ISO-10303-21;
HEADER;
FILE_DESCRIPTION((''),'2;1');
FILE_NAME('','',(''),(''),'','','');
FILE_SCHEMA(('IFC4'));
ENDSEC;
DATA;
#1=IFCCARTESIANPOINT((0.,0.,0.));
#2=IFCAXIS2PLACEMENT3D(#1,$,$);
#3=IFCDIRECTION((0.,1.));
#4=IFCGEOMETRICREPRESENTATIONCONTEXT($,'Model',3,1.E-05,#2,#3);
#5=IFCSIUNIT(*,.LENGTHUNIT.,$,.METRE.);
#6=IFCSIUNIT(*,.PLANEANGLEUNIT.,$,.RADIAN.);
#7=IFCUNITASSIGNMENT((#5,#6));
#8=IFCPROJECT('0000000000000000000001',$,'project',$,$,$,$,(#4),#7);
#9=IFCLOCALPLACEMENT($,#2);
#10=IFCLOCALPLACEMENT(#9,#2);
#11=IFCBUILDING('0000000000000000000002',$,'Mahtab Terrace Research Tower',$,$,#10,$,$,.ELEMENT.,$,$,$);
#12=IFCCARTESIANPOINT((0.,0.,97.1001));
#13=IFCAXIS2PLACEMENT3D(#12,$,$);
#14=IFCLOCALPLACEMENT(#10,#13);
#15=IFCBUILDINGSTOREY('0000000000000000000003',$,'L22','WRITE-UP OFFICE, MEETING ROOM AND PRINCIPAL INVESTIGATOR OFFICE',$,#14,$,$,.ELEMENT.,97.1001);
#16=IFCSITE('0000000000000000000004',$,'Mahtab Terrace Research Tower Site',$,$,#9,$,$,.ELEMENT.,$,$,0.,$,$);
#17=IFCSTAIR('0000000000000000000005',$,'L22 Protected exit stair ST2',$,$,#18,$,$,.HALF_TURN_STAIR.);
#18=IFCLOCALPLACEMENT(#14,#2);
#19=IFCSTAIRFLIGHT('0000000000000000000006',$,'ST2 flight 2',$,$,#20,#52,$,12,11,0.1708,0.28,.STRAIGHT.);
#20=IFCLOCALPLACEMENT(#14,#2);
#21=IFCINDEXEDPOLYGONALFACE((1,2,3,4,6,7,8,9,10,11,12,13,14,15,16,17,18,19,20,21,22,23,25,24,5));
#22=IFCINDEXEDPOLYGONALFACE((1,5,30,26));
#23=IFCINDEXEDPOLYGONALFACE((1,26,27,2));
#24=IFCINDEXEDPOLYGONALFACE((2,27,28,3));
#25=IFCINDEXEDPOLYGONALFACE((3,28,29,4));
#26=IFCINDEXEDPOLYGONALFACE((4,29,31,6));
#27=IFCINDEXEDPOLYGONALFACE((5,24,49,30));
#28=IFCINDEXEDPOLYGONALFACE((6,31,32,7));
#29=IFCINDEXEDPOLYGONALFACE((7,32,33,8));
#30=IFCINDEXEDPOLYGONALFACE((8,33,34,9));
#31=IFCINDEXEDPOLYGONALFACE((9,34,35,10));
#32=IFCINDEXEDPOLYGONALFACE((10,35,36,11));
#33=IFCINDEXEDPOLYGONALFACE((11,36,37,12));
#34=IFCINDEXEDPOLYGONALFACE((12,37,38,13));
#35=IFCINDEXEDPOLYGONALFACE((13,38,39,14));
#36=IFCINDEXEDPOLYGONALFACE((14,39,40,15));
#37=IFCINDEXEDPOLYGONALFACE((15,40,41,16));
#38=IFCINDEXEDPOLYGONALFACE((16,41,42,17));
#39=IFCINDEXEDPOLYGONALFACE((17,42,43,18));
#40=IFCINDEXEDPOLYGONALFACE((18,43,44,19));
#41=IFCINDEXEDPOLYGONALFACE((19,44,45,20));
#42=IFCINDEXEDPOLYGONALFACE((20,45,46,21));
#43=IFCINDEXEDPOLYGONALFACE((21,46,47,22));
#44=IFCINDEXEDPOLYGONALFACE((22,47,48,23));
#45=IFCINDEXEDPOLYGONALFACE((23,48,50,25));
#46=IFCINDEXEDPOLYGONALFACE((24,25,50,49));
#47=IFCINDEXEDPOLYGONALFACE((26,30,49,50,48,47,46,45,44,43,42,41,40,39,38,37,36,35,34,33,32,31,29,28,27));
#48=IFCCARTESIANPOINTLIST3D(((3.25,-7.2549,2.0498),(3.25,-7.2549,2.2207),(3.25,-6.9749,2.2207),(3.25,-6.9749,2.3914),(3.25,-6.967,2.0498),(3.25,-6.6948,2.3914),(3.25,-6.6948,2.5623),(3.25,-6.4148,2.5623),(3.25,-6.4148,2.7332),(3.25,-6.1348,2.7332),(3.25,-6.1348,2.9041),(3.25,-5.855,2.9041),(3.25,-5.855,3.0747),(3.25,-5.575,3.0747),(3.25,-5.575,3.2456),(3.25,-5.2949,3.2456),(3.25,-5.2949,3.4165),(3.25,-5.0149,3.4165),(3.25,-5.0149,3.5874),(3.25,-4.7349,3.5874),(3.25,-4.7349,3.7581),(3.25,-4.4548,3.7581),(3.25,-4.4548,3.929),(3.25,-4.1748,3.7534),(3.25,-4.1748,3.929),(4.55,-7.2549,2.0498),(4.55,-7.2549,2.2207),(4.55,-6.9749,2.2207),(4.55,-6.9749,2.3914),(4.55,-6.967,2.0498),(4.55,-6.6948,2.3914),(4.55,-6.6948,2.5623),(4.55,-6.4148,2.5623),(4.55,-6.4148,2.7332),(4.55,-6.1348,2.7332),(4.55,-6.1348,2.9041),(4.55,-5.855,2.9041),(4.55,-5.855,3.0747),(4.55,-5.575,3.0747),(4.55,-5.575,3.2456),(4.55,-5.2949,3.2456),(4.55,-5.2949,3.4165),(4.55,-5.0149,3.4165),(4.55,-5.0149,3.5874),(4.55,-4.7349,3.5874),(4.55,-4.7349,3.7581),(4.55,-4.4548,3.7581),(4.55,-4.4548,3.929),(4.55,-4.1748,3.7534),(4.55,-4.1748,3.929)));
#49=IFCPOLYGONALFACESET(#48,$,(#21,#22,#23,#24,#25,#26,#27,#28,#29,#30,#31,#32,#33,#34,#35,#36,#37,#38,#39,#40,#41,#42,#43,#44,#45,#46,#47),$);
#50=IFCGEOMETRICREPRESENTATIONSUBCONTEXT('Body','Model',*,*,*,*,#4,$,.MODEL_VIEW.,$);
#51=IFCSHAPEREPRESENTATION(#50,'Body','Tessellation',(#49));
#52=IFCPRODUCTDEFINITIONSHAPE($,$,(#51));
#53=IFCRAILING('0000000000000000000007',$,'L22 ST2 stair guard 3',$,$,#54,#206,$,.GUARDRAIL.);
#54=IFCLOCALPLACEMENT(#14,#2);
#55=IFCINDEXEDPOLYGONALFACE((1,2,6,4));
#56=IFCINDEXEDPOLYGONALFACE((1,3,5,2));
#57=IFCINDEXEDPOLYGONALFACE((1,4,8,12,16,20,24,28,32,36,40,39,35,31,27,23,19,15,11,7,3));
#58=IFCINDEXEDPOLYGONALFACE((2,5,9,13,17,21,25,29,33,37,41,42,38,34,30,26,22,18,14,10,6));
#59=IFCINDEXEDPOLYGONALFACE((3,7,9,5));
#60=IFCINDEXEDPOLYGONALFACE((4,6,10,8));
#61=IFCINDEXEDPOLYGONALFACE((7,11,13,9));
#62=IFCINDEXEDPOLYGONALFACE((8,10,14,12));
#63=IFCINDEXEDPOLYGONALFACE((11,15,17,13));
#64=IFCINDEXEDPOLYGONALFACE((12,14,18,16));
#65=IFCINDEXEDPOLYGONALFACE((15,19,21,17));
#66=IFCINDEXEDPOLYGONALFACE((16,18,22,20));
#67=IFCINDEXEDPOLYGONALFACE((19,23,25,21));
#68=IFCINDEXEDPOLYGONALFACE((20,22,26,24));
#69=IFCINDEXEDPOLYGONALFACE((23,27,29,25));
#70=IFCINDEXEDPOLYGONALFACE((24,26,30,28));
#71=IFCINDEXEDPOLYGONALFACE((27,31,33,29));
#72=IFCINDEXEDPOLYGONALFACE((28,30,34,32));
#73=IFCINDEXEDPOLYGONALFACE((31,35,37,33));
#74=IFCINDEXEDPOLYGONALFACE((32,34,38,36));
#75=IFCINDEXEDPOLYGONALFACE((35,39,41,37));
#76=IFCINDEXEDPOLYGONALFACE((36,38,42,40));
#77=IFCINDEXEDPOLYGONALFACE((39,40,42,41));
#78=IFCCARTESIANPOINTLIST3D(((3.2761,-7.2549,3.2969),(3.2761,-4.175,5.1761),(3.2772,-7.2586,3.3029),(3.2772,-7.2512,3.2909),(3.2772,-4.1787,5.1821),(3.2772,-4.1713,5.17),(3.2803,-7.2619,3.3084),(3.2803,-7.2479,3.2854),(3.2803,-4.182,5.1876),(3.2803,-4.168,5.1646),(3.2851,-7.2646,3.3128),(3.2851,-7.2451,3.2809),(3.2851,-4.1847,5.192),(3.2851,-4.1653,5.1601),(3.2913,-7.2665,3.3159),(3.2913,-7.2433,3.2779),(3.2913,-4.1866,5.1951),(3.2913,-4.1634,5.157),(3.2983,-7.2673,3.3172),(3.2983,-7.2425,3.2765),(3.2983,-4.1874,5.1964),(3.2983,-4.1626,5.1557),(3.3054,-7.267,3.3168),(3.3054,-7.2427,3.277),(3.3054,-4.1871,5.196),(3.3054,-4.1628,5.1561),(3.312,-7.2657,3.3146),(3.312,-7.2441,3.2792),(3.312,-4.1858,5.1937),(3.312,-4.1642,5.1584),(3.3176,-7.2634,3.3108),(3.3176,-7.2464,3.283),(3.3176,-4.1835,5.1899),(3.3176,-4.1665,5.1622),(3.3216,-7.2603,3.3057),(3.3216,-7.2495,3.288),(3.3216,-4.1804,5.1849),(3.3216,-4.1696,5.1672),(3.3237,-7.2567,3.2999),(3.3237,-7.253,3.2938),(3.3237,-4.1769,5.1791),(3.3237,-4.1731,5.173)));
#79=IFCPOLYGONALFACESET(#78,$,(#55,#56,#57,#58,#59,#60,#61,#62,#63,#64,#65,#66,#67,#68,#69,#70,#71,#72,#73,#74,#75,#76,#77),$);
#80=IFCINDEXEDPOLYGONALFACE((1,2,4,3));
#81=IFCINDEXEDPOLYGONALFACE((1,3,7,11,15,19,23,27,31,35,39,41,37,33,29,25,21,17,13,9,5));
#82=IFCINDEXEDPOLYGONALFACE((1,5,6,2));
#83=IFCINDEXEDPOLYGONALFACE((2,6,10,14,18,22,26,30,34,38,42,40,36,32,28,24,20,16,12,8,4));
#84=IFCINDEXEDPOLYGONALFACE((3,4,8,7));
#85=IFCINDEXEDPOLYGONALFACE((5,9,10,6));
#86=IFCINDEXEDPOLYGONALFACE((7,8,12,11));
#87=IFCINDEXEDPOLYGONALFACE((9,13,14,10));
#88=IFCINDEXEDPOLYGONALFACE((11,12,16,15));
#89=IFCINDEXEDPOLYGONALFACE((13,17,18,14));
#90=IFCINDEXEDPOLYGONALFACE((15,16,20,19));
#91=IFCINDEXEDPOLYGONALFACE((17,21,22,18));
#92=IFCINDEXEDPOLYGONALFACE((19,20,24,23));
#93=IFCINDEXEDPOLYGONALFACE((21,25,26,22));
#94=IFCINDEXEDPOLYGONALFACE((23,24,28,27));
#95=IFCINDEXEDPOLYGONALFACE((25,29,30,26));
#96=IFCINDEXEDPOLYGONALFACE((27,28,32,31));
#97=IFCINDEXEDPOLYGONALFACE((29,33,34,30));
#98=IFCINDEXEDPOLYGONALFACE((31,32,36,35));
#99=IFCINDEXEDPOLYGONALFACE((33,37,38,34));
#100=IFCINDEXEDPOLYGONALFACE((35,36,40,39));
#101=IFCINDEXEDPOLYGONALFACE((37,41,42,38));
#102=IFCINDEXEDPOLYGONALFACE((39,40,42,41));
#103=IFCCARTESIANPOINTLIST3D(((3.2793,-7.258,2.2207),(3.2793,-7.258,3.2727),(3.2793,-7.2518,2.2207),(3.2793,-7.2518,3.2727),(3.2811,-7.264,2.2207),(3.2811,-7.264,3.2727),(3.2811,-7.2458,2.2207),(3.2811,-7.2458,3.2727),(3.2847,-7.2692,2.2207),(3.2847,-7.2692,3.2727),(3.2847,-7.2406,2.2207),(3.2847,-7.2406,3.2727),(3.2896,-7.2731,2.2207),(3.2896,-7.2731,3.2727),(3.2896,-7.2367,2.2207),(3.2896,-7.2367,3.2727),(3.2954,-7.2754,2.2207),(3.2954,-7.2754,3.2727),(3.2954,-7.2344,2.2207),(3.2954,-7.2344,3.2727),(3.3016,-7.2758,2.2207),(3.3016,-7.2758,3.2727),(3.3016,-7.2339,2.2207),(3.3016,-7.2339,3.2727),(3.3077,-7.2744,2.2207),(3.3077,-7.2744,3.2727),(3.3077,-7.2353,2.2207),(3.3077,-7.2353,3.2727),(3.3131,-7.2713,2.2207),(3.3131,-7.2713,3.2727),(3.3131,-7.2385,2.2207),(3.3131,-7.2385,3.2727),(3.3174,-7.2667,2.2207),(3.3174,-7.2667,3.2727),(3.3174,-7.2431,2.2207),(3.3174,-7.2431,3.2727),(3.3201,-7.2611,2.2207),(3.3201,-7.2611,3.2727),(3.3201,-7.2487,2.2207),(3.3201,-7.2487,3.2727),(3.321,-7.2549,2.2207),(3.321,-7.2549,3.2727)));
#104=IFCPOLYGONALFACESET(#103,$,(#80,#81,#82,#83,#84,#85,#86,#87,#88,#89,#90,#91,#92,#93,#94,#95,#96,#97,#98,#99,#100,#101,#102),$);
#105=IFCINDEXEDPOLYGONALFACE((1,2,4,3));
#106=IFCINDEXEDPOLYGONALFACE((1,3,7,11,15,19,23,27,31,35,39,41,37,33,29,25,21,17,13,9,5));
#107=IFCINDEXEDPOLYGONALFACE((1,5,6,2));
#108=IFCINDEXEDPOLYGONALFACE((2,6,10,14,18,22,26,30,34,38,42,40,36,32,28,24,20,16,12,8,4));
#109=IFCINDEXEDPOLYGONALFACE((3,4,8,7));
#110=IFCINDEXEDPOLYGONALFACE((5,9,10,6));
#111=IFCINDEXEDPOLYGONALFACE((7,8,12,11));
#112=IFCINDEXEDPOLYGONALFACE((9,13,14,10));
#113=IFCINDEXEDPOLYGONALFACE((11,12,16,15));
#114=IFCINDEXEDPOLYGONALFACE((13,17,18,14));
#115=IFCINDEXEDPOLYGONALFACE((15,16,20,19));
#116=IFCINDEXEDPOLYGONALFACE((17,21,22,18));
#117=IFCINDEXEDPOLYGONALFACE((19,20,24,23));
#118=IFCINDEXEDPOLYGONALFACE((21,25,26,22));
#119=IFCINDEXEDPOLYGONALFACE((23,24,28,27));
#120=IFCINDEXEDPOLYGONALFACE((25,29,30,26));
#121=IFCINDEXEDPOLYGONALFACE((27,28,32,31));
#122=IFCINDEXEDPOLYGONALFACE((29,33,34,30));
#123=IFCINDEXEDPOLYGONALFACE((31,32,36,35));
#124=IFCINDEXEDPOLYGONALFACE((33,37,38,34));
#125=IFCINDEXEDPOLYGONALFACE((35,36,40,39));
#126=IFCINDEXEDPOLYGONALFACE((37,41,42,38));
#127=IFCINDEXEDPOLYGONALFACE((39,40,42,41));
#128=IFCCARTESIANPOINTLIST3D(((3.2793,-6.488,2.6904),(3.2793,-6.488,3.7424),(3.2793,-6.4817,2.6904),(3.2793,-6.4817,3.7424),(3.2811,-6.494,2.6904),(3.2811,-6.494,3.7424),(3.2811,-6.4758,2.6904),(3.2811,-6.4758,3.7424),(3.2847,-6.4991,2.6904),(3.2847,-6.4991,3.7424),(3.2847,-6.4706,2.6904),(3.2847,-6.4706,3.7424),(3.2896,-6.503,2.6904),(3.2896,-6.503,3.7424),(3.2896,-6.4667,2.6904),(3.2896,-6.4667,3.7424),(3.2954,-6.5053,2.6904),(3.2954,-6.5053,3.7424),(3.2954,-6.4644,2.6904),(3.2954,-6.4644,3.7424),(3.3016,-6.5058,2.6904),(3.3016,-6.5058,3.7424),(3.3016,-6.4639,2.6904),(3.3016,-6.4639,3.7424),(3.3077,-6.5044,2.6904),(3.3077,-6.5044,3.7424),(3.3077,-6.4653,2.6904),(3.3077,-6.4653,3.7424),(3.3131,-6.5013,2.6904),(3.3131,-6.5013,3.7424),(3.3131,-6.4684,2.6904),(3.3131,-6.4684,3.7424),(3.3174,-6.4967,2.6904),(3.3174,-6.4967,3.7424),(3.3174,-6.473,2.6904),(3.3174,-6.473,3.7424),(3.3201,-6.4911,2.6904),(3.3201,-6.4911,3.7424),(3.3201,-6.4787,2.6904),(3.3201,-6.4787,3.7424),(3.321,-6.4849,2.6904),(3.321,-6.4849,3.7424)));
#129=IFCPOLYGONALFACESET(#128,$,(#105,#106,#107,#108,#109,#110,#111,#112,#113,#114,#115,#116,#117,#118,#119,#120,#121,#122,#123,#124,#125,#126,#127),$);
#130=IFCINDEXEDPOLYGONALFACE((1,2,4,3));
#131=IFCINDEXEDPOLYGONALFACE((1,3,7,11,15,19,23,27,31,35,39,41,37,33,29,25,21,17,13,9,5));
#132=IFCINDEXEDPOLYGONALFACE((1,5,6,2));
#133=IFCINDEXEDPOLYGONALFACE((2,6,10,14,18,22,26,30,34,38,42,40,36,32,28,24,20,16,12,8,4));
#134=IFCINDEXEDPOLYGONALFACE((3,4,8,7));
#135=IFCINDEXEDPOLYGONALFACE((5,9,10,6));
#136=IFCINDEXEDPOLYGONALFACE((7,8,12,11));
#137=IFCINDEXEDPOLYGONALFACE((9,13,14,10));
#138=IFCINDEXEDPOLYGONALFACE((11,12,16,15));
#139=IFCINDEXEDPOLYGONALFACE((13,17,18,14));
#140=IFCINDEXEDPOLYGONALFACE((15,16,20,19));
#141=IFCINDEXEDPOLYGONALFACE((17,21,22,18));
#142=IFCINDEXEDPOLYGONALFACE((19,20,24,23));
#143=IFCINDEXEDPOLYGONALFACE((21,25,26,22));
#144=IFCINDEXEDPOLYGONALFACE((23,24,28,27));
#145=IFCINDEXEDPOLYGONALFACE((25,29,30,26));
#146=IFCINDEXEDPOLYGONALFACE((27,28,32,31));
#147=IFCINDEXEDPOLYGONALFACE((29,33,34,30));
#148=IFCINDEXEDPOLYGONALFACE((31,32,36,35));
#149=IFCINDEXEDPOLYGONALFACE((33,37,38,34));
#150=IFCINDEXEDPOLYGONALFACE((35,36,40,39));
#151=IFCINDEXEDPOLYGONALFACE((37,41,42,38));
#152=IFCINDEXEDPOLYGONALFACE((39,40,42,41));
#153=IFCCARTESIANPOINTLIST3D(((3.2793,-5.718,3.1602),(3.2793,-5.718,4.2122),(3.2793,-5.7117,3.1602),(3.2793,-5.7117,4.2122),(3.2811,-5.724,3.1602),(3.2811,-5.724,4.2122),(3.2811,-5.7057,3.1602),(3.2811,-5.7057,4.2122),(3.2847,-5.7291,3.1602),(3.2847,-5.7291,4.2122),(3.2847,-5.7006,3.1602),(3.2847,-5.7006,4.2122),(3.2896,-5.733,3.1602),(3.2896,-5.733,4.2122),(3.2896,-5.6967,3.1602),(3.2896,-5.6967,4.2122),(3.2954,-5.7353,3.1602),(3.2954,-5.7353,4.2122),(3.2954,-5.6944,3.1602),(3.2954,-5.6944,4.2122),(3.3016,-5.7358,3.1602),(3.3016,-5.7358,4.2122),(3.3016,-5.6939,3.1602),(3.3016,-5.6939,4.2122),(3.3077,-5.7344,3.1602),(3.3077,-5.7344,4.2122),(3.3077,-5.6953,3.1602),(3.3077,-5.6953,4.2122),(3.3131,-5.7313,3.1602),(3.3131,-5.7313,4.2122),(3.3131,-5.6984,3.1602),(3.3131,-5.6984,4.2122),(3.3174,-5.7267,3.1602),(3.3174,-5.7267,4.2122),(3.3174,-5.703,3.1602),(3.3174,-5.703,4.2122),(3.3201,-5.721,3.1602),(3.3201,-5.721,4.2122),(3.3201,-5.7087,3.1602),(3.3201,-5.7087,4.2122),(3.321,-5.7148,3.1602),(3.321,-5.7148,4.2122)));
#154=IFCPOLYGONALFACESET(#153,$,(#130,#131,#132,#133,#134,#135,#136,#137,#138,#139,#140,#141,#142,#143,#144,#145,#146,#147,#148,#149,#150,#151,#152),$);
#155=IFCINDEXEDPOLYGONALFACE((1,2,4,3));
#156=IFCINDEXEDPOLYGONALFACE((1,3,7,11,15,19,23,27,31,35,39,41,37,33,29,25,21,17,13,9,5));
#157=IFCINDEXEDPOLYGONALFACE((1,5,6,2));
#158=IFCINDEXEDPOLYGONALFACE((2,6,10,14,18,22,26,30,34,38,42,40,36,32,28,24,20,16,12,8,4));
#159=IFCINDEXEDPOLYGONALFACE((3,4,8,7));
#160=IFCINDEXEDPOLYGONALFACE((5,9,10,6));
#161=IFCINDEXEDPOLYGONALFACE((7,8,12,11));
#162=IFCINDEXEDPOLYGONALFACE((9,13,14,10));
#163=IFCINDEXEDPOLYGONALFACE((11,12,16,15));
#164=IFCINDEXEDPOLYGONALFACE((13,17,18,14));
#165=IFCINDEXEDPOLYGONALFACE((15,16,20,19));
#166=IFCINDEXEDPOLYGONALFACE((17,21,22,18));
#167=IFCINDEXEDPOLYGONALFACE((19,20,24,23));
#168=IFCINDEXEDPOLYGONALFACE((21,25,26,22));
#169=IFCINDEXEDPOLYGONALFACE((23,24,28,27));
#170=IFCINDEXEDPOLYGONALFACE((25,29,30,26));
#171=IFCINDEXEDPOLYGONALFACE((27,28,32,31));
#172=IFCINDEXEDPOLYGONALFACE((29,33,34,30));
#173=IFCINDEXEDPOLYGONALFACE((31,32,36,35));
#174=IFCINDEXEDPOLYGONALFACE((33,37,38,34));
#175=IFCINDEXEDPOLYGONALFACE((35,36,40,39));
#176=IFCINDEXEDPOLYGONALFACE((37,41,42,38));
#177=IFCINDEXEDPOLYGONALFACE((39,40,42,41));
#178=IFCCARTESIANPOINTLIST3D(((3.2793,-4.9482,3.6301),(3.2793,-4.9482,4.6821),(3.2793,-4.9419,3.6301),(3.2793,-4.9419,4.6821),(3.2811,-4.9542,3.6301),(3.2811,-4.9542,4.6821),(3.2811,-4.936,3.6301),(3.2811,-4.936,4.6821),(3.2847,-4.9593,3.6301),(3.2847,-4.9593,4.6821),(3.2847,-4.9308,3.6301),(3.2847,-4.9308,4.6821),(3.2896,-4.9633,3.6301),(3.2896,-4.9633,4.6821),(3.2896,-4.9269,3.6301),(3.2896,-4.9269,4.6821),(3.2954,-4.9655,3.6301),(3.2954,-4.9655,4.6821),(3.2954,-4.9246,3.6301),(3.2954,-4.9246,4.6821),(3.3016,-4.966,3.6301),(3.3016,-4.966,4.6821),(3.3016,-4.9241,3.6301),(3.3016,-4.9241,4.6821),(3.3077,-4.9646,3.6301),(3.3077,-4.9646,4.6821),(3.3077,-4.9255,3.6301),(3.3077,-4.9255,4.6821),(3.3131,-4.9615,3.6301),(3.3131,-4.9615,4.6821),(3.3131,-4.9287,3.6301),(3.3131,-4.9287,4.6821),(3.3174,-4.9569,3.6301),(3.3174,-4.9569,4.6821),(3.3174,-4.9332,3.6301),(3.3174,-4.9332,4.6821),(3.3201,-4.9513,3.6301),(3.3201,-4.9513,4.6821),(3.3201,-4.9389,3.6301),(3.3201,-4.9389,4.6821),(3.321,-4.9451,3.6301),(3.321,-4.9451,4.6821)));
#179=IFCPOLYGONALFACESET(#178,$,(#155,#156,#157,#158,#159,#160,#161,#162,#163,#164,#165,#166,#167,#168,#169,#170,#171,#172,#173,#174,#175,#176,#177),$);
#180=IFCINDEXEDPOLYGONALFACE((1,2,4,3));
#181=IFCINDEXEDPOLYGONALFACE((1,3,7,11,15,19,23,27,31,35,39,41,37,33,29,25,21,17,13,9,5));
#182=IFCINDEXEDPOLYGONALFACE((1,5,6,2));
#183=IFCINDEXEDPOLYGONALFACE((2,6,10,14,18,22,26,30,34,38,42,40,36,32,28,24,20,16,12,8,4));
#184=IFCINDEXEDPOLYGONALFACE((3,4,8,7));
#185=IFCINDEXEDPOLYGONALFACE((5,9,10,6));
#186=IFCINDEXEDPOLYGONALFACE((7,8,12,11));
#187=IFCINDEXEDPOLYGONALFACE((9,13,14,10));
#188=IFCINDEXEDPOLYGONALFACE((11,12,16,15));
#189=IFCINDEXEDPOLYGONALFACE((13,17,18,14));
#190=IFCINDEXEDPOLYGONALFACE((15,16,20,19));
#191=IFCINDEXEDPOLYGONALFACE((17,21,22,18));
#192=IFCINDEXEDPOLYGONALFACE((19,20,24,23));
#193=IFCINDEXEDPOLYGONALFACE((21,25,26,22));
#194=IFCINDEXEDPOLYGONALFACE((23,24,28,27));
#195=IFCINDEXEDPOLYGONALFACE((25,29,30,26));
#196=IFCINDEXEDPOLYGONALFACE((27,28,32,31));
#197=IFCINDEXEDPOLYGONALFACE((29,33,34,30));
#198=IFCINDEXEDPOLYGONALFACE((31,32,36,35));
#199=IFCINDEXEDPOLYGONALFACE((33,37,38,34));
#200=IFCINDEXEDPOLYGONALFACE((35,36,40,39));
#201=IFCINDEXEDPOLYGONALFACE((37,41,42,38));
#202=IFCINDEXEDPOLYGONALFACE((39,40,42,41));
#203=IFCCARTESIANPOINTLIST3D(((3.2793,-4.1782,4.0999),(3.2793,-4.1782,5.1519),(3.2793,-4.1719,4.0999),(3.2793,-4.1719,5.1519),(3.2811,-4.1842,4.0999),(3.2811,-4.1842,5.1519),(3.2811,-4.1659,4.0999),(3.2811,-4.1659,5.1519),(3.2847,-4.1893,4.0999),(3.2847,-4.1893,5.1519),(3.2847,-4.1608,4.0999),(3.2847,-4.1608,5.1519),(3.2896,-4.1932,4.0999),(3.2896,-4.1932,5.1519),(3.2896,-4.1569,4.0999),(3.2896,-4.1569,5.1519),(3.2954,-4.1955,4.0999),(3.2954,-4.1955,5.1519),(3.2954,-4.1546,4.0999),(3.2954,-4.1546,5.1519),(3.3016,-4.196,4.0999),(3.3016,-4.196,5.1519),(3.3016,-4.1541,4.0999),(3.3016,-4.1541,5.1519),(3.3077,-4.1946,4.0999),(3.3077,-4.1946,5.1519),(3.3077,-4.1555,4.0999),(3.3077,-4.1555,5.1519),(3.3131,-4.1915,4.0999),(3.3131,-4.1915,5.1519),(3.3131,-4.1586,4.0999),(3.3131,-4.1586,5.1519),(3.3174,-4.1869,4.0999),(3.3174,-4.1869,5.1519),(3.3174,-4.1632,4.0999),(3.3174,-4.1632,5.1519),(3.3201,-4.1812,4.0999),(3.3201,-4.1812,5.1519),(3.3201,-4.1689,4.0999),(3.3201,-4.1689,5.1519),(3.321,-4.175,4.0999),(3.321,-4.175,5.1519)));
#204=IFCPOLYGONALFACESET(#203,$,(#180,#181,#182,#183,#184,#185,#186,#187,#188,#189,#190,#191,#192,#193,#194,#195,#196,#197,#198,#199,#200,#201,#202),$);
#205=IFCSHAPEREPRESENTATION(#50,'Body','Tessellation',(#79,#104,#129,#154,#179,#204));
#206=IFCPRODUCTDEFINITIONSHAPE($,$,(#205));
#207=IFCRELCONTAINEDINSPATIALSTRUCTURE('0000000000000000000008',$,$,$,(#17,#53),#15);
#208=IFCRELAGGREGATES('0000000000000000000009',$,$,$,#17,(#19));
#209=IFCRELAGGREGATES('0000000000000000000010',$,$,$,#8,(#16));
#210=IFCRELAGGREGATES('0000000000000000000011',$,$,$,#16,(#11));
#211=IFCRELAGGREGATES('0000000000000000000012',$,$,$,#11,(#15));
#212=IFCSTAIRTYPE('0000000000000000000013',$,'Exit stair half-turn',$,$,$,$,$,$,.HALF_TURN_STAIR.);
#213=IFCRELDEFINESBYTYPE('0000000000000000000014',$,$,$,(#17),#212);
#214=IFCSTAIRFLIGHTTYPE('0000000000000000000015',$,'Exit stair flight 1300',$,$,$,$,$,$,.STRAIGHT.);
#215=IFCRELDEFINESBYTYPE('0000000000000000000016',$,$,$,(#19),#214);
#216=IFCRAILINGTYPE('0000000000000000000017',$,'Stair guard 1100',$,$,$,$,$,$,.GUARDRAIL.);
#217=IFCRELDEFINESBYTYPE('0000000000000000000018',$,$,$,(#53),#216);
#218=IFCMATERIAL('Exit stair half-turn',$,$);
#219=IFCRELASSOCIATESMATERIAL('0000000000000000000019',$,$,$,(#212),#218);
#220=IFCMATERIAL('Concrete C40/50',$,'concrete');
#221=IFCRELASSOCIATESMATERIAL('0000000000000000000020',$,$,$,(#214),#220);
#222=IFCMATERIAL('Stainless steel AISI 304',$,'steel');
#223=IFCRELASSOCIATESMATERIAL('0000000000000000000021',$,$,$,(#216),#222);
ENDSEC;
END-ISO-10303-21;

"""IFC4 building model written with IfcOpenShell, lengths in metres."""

from ifc_helpers import new_model, si_unit, direction, frame, origin, origin_2d, place, context, subcontext, project, spatial, polyline, circle, outline, extrude, material, type_object, element, aggregate, save


model = new_model("IFC4")

# Units and contexts
model_context = context("Model", 3, precision=1e-05, world=origin(), true_north=direction((0.0, 1.0)))
body_context = subcontext(model_context, "Body", "Model", "MODEL_VIEW")
ifc_project = project(units=[si_unit("LENGTHUNIT", "METRE"), si_unit("PLANEANGLEUNIT", "RADIAN")], contexts=[model_context])

# Site, building, storey
site_placement = place(None, origin())
site = spatial("IfcSite", under=ifc_project, at=site_placement, Name="Mahtab Terrace Research Tower Site", CompositionType="ELEMENT", RefElevation=0.0)
building_placement = place(site_placement, origin())
building = spatial("IfcBuilding", under=site, at=building_placement, Name="Mahtab Terrace Research Tower", CompositionType="ELEMENT")
storey_placement = place(building_placement, frame((0.0, 0.0, 97.1001)))
storey = spatial("IfcBuildingStorey", under=building, at=storey_placement, Name="L22", Description="WRITE-UP OFFICE, MEETING ROOM AND PRINCIPAL INVESTIGATOR OFFICE", CompositionType="ELEMENT", Elevation=97.1001)

# Stair, stair flight
ifc_material_1 = material(Name="Exit stair half-turn")
stair_type = type_object("IfcStairType", Name="Exit stair half-turn", PredefinedType="HALF_TURN_STAIR", material=ifc_material_1)
stair_placement = place(storey_placement, origin())
stair = element("IfcStair", 1, at=stair_placement, inside=storey, type_object=stair_type, Name="L22 Protected exit stair ST2", PredefinedType="HALF_TURN_STAIR")
ifc_material_2 = material(Name="Concrete C40/50", Category="concrete")
stair_flight_type = type_object("IfcStairFlightType", Name="Exit stair flight 1300", PredefinedType="STRAIGHT", material=ifc_material_2)
stair_flight_placement = place(storey_placement, frame((3.8999, -7.2549, 2.0498), z_axis=(0.0, 0.0, 1.0), x_axis=(0.0, 1.0, 0.0)))
stair_flight = element("IfcStairFlight", 2, at=stair_flight_placement, type_object=stair_flight_type, Name="ST2 flight 2", NumberOfRisers=12, NumberOfTreads=11, PredefinedType="STRAIGHT", RiserHeight=0.1708, TreadLength=0.28, context=body_context, shape_type="SweptSolid", body=[
    extrude(outline(polyline([(0.0, 0.0), (0.0, 0.1709), (0.28, 0.1709), (0.28, 0.3416), (0.5601, 0.3416), (0.5601, 0.5125), (0.8401, 0.5125), (0.8401, 0.6833), (1.1201, 0.6833), (1.1201, 0.8542), (1.3999, 0.8542), (1.3999, 1.0249), (1.6799, 1.0249), (1.6799, 1.1958), (1.96, 1.1958), (1.96, 1.3667), (2.24, 1.3667), (2.24, 1.5376), (2.52, 1.5376), (2.52, 1.7083), (2.8, 1.7083), (2.8, 1.8792), (3.0801, 1.8792), (3.0801, 2.05), (3.0801, 1.7036), (0.2878, 0.0), (0.0, 0.0)])), frame((0.0, 0.6499, 0.0), z_axis=(0.0, -1.0, 0.0), x_axis=(1.0, 0.0, 0.0)), (0.0, 0.0, 1.0), 1.3),
])
aggregate(stair, [stair_flight])

# Railing
ifc_material_3 = material(Name="Stainless steel AISI 304", Category="steel")
railing_type_1 = type_object("IfcRailingType", Name="Stair guard 1100", PredefinedType="GUARDRAIL", material=ifc_material_3)
railing_1_placement = place(storey_placement, frame((3.3, -7.2549, 2.2207)))
element("IfcRailing", 3, at=railing_1_placement, inside=storey, type_object=railing_type_1, Name="L22 ST2 stair guard 3", PredefinedType="GUARDRAIL", context=body_context, shape_type="SweptSolid", body=[
    extrude(circle(Radius=0.0239, at=origin_2d()), frame((0.0, 0.0, 1.0762), z_axis=(0.0, 0.853648, 0.52085), x_axis=(-1.0, 0.0, 0.0)), (0.0, 0.0, 1.0), 3.6079),
    extrude(circle(Radius=0.021, at=origin_2d()), origin(), (0.0, 0.0, 1.0), 1.052),
    extrude(circle(Radius=0.021, at=origin_2d()), frame((0.0, 0.77, 0.4697)), (0.0, 0.0, 1.0), 1.052),
    extrude(circle(Radius=0.021, at=origin_2d()), frame((0.0, 1.54, 0.9395)), (0.0, 0.0, 1.0), 1.052),
    extrude(circle(Radius=0.021, at=origin_2d()), frame((0.0, 2.3098, 1.4094)), (0.0, 0.0, 1.0), 1.052),
    extrude(circle(Radius=0.021, at=origin_2d()), frame((0.0, 3.0798, 1.8792)), (0.0, 0.0, 1.0), 1.052),
])

save(model, "model.ifc")
